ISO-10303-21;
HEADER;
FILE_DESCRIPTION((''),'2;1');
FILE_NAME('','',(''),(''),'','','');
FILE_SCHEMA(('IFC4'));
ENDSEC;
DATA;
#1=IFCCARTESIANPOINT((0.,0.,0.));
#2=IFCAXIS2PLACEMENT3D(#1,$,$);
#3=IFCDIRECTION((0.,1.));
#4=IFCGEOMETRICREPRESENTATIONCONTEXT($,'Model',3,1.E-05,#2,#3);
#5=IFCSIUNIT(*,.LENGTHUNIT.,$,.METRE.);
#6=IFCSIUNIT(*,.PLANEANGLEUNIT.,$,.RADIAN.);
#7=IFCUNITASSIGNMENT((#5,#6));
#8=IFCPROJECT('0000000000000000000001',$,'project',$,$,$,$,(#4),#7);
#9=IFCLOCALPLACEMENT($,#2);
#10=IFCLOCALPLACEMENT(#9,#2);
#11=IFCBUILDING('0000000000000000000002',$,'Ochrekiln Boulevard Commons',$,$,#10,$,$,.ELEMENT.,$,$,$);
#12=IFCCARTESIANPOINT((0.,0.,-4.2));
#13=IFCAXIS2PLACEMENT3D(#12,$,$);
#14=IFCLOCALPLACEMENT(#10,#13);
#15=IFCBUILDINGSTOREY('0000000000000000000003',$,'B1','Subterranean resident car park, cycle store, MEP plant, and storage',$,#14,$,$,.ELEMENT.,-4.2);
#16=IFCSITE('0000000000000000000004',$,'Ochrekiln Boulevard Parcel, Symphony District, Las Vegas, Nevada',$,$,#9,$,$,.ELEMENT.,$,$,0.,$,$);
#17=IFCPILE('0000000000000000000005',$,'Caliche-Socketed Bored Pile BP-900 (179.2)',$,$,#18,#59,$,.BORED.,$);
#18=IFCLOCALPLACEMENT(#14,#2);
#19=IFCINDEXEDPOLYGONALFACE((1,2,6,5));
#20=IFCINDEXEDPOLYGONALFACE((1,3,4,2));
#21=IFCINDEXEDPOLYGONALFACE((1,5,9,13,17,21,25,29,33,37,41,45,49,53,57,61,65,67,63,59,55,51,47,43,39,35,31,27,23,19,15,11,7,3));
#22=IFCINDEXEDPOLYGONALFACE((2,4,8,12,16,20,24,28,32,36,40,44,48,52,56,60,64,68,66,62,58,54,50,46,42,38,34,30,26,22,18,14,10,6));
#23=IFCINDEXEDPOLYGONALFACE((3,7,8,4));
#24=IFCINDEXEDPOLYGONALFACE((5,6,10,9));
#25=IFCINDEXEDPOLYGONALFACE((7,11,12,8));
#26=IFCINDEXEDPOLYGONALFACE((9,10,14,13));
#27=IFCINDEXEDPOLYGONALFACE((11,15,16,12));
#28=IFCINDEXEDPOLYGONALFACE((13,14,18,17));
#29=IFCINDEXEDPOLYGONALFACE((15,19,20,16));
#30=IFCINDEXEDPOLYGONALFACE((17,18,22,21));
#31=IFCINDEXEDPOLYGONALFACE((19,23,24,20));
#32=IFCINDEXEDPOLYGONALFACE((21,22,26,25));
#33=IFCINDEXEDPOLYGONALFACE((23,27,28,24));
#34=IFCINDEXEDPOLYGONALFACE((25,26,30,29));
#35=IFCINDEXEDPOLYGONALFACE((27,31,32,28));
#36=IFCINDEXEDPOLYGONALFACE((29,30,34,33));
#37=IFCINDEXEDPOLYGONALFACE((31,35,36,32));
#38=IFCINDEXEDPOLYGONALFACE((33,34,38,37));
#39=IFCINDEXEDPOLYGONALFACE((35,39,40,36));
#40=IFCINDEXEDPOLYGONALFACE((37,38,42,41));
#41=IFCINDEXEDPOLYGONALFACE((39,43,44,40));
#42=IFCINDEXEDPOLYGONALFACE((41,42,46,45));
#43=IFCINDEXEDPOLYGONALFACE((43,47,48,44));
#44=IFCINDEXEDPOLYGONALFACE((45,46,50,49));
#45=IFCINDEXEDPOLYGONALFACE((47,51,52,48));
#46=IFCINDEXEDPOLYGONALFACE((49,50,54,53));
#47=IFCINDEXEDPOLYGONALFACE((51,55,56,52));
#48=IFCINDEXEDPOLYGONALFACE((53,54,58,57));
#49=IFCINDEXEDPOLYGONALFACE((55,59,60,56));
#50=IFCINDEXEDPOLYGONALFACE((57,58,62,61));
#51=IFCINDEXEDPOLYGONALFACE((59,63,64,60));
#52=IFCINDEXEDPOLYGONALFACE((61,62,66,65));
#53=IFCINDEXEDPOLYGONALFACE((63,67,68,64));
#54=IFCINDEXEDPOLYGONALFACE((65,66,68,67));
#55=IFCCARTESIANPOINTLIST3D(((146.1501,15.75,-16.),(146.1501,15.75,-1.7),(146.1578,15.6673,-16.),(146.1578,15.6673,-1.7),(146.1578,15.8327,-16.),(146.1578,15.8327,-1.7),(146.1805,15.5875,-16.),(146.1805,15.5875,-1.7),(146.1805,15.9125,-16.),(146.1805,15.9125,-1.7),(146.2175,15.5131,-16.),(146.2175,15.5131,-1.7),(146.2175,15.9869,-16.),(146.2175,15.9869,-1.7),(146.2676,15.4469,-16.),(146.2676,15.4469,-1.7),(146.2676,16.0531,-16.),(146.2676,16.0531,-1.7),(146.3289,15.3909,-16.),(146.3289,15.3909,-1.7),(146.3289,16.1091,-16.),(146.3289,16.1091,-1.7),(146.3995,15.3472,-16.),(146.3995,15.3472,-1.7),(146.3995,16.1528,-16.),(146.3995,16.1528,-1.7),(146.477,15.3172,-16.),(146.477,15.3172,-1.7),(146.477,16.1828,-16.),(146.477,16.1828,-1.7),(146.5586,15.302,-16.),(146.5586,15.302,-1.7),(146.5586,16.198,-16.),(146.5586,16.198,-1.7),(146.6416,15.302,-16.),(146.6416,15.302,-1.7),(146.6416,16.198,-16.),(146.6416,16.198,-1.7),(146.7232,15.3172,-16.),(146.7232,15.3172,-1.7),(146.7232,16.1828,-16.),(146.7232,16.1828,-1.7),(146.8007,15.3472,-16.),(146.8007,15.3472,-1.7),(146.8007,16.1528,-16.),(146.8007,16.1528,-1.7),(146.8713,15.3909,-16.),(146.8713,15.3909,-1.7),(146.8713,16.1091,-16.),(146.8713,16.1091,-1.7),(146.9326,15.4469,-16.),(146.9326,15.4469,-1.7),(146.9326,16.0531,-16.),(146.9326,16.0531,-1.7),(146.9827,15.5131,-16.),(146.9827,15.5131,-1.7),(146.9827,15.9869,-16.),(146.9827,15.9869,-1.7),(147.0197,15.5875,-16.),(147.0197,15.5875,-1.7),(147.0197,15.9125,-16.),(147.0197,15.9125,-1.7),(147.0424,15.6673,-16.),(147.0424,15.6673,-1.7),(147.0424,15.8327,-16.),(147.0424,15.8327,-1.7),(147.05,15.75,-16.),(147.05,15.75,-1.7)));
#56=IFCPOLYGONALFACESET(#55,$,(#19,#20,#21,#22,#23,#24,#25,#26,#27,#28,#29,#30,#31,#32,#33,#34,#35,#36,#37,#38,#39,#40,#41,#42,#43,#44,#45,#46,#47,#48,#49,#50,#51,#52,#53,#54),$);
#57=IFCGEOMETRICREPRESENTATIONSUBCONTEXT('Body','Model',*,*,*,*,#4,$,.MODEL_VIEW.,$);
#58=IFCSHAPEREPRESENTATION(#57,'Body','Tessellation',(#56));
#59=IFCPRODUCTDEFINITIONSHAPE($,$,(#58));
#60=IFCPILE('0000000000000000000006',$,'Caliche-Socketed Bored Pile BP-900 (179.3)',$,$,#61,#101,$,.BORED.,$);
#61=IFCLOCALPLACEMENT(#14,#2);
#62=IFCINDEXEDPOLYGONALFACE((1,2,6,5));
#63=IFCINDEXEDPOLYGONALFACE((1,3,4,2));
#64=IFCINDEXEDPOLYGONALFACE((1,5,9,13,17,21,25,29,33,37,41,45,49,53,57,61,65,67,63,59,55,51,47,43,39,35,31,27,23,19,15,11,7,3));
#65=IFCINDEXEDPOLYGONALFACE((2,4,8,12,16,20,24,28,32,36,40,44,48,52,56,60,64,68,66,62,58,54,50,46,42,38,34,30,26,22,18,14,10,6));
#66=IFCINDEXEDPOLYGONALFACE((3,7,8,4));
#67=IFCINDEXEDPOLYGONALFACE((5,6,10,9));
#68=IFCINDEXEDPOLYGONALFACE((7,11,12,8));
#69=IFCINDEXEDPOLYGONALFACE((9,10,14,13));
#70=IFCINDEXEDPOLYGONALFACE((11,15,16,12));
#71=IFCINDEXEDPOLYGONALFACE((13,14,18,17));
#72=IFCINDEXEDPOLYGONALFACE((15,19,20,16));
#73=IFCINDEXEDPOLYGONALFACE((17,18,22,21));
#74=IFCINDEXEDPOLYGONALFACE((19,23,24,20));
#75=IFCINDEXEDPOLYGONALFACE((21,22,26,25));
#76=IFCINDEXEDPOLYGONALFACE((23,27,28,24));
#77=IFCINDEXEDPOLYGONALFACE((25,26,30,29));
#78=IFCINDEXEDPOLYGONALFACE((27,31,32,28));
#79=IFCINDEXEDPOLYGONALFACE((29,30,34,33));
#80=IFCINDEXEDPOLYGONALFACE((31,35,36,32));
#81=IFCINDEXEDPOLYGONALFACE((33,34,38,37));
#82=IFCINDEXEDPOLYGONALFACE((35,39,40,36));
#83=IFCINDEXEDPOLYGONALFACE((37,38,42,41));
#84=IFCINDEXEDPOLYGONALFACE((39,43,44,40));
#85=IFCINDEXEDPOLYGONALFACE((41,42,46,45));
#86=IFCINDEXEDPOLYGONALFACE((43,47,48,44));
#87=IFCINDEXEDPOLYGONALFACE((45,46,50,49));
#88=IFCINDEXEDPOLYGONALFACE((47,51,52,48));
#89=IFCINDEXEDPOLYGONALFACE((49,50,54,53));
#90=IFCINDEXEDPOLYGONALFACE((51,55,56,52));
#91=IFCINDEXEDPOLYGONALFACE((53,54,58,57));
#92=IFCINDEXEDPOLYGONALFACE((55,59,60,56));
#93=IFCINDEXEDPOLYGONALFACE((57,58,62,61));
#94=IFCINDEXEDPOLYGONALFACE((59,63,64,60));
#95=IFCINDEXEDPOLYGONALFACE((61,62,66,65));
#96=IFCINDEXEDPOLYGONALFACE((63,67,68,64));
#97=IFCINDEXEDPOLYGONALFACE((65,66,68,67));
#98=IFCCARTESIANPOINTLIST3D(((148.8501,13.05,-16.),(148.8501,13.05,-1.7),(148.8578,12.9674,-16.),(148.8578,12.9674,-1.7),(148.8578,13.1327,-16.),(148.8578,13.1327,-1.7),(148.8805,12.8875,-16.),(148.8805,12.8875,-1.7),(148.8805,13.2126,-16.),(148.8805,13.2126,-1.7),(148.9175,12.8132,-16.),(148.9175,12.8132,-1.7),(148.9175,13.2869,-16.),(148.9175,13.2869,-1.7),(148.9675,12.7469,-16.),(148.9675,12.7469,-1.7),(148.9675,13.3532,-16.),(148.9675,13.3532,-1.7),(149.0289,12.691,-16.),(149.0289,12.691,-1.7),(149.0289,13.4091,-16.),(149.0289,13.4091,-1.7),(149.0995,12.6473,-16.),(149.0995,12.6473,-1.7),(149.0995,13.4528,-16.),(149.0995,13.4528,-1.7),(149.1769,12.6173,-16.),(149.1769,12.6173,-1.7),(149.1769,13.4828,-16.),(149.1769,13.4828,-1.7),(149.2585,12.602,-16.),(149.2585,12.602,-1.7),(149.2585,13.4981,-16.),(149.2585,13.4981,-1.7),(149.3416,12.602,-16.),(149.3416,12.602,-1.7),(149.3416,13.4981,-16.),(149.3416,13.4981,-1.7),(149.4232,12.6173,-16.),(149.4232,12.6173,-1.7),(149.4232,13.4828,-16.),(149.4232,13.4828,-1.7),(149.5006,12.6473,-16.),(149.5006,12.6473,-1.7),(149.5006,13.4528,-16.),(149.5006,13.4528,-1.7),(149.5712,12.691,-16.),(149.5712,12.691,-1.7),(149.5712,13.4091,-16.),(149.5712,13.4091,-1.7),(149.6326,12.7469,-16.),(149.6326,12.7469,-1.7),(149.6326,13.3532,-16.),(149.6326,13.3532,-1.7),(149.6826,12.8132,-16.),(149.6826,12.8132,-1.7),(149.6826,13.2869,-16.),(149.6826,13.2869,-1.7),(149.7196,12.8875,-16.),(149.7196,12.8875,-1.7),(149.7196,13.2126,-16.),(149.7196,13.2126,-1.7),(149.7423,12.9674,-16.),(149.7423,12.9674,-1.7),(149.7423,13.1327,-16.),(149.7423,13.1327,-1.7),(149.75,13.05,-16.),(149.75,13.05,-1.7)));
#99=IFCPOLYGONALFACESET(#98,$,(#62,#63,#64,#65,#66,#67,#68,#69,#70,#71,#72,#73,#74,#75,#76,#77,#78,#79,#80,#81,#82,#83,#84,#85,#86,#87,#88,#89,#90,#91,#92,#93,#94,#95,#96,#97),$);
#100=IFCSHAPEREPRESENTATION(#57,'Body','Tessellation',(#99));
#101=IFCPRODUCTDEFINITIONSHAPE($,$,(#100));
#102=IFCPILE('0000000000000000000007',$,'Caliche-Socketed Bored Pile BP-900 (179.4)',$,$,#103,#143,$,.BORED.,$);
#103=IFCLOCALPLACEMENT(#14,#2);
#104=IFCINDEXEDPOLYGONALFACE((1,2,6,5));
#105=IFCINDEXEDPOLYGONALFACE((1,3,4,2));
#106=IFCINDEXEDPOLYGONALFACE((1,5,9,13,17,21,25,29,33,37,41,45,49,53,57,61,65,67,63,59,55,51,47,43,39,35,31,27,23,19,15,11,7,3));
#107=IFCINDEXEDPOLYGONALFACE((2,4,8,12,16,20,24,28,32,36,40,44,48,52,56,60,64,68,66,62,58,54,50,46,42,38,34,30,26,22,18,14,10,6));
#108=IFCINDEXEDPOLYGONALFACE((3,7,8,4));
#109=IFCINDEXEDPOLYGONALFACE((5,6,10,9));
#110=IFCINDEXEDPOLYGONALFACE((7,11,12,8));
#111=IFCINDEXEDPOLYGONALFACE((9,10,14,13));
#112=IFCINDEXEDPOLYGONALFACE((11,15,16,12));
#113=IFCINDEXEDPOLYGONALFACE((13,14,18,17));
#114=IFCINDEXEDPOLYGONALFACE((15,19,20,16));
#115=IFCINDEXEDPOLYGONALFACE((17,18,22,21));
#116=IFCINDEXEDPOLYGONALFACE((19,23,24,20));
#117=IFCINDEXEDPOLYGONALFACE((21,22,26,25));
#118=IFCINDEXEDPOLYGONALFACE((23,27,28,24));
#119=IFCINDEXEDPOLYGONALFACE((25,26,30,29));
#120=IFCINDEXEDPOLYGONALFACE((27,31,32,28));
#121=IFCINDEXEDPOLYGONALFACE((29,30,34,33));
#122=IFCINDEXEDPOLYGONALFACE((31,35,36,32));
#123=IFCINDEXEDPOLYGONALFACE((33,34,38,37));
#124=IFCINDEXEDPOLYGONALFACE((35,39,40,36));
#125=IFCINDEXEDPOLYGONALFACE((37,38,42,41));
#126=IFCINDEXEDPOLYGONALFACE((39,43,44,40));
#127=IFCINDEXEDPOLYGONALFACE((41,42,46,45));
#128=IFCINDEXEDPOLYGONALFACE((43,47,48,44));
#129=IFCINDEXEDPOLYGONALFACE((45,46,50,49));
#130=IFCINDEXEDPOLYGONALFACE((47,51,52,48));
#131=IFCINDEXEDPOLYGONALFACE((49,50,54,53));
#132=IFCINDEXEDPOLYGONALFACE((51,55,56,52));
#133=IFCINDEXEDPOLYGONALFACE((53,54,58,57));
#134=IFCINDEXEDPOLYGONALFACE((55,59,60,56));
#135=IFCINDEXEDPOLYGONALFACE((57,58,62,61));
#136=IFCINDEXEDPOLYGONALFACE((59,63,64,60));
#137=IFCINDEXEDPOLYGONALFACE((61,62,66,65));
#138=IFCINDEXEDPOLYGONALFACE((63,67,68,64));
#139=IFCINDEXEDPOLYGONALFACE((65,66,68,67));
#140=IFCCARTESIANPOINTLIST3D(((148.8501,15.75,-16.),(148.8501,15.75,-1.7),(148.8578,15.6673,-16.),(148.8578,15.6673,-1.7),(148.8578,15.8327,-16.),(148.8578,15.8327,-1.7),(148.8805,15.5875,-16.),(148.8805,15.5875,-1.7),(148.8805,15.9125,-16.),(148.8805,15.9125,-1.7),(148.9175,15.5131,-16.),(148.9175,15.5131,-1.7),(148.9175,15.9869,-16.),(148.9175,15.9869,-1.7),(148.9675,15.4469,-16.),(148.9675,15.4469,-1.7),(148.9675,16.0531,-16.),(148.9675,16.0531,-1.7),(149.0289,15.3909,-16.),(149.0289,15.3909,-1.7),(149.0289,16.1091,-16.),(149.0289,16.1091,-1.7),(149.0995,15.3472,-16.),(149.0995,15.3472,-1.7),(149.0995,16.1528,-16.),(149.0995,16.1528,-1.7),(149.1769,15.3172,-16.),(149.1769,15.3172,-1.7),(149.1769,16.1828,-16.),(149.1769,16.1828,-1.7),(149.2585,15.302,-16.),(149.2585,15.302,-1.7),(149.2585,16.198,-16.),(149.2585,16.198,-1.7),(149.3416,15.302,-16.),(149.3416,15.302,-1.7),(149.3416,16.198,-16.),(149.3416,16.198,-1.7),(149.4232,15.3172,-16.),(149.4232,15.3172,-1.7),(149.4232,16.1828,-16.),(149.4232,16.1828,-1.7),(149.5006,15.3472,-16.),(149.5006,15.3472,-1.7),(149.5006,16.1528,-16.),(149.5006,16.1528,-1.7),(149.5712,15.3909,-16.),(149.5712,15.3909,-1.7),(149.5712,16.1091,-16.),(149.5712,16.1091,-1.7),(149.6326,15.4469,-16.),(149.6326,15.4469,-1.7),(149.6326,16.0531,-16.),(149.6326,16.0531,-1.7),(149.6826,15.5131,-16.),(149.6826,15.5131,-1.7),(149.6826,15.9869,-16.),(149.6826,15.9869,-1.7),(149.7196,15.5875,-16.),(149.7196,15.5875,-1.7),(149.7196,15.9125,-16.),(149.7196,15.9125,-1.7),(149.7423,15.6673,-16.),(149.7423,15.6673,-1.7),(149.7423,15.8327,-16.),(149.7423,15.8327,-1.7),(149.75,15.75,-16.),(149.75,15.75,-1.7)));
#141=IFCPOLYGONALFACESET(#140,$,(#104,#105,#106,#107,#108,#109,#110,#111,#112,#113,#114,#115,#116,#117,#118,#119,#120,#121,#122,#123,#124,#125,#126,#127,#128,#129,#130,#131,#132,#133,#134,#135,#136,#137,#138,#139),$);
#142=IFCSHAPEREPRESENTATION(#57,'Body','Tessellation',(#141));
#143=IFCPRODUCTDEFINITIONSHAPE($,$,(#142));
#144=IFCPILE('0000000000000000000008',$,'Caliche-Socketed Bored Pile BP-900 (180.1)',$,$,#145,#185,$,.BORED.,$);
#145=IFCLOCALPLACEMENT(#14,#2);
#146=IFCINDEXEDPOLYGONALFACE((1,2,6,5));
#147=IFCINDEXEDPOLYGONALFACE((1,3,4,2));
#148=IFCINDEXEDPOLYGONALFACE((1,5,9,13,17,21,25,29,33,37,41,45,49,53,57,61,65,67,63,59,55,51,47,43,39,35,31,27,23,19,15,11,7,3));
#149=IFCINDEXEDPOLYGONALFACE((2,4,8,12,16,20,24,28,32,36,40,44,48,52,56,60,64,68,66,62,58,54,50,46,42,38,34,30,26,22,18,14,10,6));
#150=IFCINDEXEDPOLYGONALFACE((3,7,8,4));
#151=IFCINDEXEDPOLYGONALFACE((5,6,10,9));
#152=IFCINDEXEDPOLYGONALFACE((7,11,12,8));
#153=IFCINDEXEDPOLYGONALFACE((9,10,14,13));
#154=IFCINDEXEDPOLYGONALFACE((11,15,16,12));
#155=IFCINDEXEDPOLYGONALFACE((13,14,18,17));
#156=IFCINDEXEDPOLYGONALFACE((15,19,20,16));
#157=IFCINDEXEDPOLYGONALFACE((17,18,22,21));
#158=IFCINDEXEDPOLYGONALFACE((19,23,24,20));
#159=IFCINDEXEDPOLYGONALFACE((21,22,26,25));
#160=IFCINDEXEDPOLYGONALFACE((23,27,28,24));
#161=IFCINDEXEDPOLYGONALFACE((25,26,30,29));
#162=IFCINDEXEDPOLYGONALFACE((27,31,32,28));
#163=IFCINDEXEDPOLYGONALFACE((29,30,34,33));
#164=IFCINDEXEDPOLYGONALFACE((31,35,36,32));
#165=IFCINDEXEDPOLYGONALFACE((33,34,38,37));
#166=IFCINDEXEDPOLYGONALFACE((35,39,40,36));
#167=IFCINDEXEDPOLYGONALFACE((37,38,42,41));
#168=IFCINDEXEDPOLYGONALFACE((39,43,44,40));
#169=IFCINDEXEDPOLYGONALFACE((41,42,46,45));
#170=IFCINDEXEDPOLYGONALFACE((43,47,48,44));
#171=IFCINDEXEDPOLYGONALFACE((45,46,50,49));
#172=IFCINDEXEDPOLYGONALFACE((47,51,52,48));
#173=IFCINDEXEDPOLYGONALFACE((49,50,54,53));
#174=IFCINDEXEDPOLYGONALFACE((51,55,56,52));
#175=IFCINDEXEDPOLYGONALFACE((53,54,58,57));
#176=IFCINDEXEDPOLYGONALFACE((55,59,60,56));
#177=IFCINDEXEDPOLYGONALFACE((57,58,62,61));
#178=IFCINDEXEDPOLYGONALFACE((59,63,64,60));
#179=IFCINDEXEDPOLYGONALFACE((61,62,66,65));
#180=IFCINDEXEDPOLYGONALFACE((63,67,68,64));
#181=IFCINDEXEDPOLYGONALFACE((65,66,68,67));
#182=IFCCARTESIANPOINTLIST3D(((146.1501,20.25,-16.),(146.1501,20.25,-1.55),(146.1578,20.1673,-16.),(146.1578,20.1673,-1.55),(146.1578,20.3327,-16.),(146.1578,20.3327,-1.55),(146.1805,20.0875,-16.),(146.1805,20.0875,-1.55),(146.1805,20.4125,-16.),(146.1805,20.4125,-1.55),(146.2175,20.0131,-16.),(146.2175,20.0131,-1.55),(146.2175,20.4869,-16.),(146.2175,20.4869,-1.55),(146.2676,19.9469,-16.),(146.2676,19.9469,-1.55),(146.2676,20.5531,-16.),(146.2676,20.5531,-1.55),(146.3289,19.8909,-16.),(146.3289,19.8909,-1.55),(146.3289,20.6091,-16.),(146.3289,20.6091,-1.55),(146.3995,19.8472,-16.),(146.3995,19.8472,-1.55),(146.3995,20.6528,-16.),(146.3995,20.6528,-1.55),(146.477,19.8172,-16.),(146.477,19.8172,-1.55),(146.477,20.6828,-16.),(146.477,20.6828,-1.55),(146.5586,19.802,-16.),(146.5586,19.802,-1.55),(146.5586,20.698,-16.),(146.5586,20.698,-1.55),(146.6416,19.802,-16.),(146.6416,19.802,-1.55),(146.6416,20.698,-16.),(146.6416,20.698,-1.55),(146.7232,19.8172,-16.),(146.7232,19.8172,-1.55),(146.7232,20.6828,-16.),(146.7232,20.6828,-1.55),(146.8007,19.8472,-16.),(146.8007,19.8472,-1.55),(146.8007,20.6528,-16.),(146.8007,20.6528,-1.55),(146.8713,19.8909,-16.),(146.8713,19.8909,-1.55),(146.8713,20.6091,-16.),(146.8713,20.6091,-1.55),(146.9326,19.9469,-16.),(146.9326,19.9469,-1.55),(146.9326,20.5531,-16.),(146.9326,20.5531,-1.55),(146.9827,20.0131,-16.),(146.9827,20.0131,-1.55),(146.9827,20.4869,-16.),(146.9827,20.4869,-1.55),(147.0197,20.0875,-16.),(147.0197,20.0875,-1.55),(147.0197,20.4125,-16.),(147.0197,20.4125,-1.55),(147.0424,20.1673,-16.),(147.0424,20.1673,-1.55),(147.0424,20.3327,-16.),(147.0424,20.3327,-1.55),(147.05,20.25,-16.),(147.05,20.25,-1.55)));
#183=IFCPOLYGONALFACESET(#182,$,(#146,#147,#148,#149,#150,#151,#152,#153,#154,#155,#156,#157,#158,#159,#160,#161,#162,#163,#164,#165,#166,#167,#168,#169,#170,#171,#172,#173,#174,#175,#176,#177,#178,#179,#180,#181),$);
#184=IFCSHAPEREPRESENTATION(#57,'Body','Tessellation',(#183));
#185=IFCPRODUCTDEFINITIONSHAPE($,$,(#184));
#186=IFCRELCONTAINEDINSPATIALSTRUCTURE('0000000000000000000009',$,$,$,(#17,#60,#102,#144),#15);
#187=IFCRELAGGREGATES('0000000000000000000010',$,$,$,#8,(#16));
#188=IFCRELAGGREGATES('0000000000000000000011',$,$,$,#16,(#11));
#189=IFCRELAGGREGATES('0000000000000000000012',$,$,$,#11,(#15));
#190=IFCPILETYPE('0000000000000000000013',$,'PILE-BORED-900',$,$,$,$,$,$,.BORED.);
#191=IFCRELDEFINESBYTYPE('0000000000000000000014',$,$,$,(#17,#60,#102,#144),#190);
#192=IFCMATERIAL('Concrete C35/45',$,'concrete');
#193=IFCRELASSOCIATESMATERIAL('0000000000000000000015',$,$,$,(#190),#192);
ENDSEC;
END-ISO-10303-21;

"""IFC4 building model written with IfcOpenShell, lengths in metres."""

from ifc_helpers import new_model, si_unit, direction, frame, origin, origin_2d, place, context, subcontext, project, spatial, circle, extrude, material, material_profile, profile_set, type_object, element, save


model = new_model("IFC4")

# Units and contexts
model_context = context("Model", 3, precision=1e-05, world=origin(), true_north=direction((0.0, 1.0)))
body_context = subcontext(model_context, "Body", "Model", "MODEL_VIEW")
ifc_project = project(units=[si_unit("LENGTHUNIT", "METRE"), si_unit("PLANEANGLEUNIT", "RADIAN")], contexts=[model_context])

# Site, building, storey
site_placement = place(None, origin())
site = spatial("IfcSite", under=ifc_project, at=site_placement, Name="Ochrekiln Boulevard Parcel, Symphony District, Las Vegas, Nevada", CompositionType="ELEMENT", RefElevation=0.0)
building_placement = place(site_placement, origin())
building = spatial("IfcBuilding", under=site, at=building_placement, Name="Ochrekiln Boulevard Commons", CompositionType="ELEMENT")
storey_placement = place(building_placement, frame((0.0, 0.0, -4.2)))
storey = spatial("IfcBuildingStorey", under=building, at=storey_placement, Name="B1", Description="Subterranean resident car park, cycle store, MEP plant, and storage", CompositionType="ELEMENT", Elevation=-4.2)

# Shared definitions
ifc_material_1 = material(Name="Concrete C35/45", Category="concrete")

# Piles
ifc_material_profile_1 = material_profile(ifc_material_1, circle(Radius=0.45, at=origin_2d()), Name="PILE-D900")
ifc_profile_set_1 = profile_set([ifc_material_profile_1], Name="Concrete C35/45")
pile_type = type_object("IfcPileType", Name="PILE-BORED-900", PredefinedType="BORED", material=ifc_profile_set_1)
for number, where, z_axis, x_axis, name in (
    (1, (146.6001, 15.75, -1.7), (0.0, 0.0, -1.0), (1.0, 0.0, 0.0), "Caliche-Socketed Bored Pile BP-900 (179.2)"),
    (2, (149.3, 13.05, -1.7), (0.0, 0.0, -1.0), (1.0, 0.0, 0.0), "Caliche-Socketed Bored Pile BP-900 (179.3)"),
    (3, (149.3, 15.75, -1.7), (0.0, 0.0, -1.0), (1.0, 0.0, 0.0), "Caliche-Socketed Bored Pile BP-900 (179.4)"),
):
    element("IfcPile", number, at=place(storey_placement, frame(where, z_axis=z_axis, x_axis=x_axis)), inside=storey, type_object=pile_type, Name=name, PredefinedType="BORED", context=body_context, shape_type="SweptSolid", body=[
        extrude(circle(Radius=0.45, at=origin_2d()), origin(), (0.0, 0.0, 1.0), 14.3),
    ])
for number, where, z_axis, x_axis, name in (
    (4, (146.6001, 20.25, -1.55), (0.0, 0.0, -1.0), (1.0, 0.0, 0.0), "Caliche-Socketed Bored Pile BP-900 (180.1)"),
):
    element("IfcPile", number, at=place(storey_placement, frame(where, z_axis=z_axis, x_axis=x_axis)), inside=storey, type_object=pile_type, Name=name, PredefinedType="BORED", context=body_context, shape_type="SweptSolid", body=[
        extrude(circle(Radius=0.45, at=origin_2d()), origin(), (0.0, 0.0, 1.0), 14.45),
    ])

save(model, "model.ifc")
